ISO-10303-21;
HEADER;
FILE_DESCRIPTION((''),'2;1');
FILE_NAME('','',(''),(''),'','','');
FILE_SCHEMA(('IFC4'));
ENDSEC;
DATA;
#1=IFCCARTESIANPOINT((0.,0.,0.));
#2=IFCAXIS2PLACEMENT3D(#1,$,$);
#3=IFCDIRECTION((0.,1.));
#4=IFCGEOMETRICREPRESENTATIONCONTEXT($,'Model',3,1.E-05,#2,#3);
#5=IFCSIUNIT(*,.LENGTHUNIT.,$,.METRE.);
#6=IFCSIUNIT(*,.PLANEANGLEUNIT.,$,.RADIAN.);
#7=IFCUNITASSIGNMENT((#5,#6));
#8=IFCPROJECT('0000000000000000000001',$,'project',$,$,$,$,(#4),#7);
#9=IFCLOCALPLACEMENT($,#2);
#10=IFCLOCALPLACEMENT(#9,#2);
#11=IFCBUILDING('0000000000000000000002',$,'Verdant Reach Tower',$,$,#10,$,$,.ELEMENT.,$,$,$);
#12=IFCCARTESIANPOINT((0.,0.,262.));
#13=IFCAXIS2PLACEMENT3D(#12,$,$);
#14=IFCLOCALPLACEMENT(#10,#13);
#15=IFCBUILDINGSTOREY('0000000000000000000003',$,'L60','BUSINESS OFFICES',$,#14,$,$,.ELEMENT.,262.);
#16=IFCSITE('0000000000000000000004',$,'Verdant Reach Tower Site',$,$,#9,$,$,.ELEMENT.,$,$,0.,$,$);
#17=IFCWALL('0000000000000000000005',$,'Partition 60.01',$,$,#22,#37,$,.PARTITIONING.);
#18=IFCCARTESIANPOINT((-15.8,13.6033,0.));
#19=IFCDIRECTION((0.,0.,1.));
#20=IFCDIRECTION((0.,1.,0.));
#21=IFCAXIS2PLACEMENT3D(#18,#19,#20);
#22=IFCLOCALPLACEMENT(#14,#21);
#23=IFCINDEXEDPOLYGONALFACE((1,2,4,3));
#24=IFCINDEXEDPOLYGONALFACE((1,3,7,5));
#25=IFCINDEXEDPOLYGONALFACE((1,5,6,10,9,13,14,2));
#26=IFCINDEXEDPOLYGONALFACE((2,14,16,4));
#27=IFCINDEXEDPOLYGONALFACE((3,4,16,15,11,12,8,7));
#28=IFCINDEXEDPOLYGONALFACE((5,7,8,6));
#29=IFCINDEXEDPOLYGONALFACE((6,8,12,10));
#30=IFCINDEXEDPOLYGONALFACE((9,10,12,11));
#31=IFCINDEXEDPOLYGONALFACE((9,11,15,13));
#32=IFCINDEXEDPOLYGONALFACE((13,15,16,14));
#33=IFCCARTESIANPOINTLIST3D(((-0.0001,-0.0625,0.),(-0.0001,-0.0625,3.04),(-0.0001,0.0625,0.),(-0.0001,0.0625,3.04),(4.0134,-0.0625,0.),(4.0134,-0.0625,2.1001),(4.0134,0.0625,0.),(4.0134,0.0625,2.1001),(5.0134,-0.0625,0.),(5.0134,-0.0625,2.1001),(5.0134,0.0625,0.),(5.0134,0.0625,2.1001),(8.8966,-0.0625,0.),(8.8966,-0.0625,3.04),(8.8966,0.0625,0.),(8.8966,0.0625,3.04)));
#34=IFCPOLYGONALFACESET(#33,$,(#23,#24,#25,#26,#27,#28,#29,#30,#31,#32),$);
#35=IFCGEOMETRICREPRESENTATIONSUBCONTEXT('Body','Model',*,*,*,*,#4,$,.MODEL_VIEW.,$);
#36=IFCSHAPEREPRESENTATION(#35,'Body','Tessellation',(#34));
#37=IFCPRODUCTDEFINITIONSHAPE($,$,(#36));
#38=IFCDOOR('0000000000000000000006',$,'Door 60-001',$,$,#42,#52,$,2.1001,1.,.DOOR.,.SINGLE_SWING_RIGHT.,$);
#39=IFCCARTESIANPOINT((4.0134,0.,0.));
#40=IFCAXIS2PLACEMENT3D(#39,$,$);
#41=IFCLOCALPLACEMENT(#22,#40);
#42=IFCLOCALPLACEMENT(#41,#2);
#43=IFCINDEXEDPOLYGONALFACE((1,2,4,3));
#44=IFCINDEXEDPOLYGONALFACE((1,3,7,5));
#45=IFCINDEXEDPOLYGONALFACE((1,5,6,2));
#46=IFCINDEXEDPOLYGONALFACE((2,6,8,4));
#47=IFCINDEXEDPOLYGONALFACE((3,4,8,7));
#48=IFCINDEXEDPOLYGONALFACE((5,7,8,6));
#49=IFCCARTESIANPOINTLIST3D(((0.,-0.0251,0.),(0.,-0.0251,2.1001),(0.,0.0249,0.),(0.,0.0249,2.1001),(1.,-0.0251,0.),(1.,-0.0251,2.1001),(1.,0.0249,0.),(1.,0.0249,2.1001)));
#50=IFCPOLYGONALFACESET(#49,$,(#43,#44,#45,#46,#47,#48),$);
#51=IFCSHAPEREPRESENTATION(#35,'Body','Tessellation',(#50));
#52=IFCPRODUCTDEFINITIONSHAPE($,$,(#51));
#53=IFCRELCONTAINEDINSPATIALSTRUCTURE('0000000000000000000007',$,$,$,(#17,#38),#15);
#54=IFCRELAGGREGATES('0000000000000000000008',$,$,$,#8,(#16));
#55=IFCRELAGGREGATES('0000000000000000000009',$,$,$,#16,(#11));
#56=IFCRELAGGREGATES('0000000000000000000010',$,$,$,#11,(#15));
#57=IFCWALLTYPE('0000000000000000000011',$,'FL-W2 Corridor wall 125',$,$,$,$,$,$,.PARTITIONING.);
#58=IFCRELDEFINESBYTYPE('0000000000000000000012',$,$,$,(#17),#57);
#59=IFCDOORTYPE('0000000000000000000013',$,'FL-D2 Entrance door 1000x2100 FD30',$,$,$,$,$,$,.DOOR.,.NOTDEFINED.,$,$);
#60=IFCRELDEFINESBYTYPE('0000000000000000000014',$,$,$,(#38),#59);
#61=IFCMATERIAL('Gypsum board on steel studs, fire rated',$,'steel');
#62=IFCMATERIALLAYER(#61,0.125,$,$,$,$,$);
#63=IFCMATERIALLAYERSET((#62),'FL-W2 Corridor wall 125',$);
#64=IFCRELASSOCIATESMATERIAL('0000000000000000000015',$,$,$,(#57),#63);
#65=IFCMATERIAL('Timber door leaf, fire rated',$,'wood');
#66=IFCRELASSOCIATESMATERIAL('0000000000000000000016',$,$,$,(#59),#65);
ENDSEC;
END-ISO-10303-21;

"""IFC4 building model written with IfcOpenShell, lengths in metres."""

from ifc_helpers import new_model, si_unit, direction, frame, frame_2d, origin, place, context, subcontext, project, spatial, rectangle, extrude, material, layer, layer_set, type_object, element, fill, save


model = new_model("IFC4")

# Units and contexts
model_context = context("Model", 3, precision=1e-05, world=origin(), true_north=direction((0.0, 1.0)))
body_context = subcontext(model_context, "Body", "Model", "MODEL_VIEW")
ifc_project = project(units=[si_unit("LENGTHUNIT", "METRE"), si_unit("PLANEANGLEUNIT", "RADIAN")], contexts=[model_context])

# Site, building, storey
site_placement = place(None, origin())
site = spatial("IfcSite", under=ifc_project, at=site_placement, Name="Verdant Reach Tower Site", CompositionType="ELEMENT", RefElevation=0.0)
building_placement = place(site_placement, origin())
building = spatial("IfcBuilding", under=site, at=building_placement, Name="Verdant Reach Tower", CompositionType="ELEMENT")
storey_placement = place(building_placement, frame((0.0, 0.0, 262.0)))
storey = spatial("IfcBuildingStorey", under=building, at=storey_placement, Name="L60", Description="BUSINESS OFFICES", CompositionType="ELEMENT", Elevation=262.0)

# Wall, opening, door
ifc_material_1 = material(Name="Gypsum board on steel studs, fire rated", Category="steel")
ifc_layer_1 = layer(ifc_material_1, 0.125)
ifc_layer_set_1 = layer_set([ifc_layer_1], Name="FL-W2 Corridor wall 125")
wall_type = type_object("IfcWallType", Name="FL-W2 Corridor wall 125", PredefinedType="PARTITIONING", material=ifc_layer_set_1)
wall_placement = place(storey_placement, frame((-15.8, 13.6033, 0.0), z_axis=(0.0, 0.0, 1.0), x_axis=(0.0, 1.0, 0.0)))
wall = element("IfcWall", 1, at=wall_placement, inside=storey, type_object=wall_type, Name="Partition 60.01", PredefinedType="PARTITIONING", context=body_context, shape_type="SweptSolid", body=[
    extrude(rectangle(XDim=8.8967, YDim=0.125, at=frame_2d((4.4482, 0.0))), origin(), (0.0, 0.0, 1.0), 3.04),
])
opening_placement = place(wall_placement, frame((4.0134, 0.0, 0.0)))
opening = element("IfcOpeningElement", 2, at=opening_placement, cuts=wall, PredefinedType="OPENING", context=body_context, shape_type="SweptSolid", body=[
    extrude(rectangle(XDim=1.0, YDim=2.1001, at=frame_2d((0.5, 1.05))), frame((0.0, 0.0725, 0.0), z_axis=(0.0, -1.0, 0.0), x_axis=(1.0, 0.0, 0.0)), (0.0, 0.0, 1.0), 0.145),
])
ifc_material_2 = material(Name="Timber door leaf, fire rated", Category="wood")
door_type = type_object("IfcDoorType", Name="FL-D2 Entrance door 1000x2100 FD30", OperationType="NOTDEFINED", PredefinedType="DOOR", material=ifc_material_2)
door_placement = place(opening_placement, origin())
door = element("IfcDoor", 3, at=door_placement, inside=storey, type_object=door_type, Name="Door 60-001", OperationType="SINGLE_SWING_RIGHT", OverallHeight=2.1001, OverallWidth=1.0, PredefinedType="DOOR", context=body_context, shape_type="SweptSolid", body=[
    extrude(rectangle(XDim=1.0, YDim=2.1001, at=frame_2d((0.5, 1.05))), frame((0.0, 0.0249, 0.0), z_axis=(0.0, -1.0, 0.0), x_axis=(1.0, 0.0, 0.0)), (0.0, 0.0, 1.0), 0.05),
])
fill(opening, door)

save(model, "model.ifc")
